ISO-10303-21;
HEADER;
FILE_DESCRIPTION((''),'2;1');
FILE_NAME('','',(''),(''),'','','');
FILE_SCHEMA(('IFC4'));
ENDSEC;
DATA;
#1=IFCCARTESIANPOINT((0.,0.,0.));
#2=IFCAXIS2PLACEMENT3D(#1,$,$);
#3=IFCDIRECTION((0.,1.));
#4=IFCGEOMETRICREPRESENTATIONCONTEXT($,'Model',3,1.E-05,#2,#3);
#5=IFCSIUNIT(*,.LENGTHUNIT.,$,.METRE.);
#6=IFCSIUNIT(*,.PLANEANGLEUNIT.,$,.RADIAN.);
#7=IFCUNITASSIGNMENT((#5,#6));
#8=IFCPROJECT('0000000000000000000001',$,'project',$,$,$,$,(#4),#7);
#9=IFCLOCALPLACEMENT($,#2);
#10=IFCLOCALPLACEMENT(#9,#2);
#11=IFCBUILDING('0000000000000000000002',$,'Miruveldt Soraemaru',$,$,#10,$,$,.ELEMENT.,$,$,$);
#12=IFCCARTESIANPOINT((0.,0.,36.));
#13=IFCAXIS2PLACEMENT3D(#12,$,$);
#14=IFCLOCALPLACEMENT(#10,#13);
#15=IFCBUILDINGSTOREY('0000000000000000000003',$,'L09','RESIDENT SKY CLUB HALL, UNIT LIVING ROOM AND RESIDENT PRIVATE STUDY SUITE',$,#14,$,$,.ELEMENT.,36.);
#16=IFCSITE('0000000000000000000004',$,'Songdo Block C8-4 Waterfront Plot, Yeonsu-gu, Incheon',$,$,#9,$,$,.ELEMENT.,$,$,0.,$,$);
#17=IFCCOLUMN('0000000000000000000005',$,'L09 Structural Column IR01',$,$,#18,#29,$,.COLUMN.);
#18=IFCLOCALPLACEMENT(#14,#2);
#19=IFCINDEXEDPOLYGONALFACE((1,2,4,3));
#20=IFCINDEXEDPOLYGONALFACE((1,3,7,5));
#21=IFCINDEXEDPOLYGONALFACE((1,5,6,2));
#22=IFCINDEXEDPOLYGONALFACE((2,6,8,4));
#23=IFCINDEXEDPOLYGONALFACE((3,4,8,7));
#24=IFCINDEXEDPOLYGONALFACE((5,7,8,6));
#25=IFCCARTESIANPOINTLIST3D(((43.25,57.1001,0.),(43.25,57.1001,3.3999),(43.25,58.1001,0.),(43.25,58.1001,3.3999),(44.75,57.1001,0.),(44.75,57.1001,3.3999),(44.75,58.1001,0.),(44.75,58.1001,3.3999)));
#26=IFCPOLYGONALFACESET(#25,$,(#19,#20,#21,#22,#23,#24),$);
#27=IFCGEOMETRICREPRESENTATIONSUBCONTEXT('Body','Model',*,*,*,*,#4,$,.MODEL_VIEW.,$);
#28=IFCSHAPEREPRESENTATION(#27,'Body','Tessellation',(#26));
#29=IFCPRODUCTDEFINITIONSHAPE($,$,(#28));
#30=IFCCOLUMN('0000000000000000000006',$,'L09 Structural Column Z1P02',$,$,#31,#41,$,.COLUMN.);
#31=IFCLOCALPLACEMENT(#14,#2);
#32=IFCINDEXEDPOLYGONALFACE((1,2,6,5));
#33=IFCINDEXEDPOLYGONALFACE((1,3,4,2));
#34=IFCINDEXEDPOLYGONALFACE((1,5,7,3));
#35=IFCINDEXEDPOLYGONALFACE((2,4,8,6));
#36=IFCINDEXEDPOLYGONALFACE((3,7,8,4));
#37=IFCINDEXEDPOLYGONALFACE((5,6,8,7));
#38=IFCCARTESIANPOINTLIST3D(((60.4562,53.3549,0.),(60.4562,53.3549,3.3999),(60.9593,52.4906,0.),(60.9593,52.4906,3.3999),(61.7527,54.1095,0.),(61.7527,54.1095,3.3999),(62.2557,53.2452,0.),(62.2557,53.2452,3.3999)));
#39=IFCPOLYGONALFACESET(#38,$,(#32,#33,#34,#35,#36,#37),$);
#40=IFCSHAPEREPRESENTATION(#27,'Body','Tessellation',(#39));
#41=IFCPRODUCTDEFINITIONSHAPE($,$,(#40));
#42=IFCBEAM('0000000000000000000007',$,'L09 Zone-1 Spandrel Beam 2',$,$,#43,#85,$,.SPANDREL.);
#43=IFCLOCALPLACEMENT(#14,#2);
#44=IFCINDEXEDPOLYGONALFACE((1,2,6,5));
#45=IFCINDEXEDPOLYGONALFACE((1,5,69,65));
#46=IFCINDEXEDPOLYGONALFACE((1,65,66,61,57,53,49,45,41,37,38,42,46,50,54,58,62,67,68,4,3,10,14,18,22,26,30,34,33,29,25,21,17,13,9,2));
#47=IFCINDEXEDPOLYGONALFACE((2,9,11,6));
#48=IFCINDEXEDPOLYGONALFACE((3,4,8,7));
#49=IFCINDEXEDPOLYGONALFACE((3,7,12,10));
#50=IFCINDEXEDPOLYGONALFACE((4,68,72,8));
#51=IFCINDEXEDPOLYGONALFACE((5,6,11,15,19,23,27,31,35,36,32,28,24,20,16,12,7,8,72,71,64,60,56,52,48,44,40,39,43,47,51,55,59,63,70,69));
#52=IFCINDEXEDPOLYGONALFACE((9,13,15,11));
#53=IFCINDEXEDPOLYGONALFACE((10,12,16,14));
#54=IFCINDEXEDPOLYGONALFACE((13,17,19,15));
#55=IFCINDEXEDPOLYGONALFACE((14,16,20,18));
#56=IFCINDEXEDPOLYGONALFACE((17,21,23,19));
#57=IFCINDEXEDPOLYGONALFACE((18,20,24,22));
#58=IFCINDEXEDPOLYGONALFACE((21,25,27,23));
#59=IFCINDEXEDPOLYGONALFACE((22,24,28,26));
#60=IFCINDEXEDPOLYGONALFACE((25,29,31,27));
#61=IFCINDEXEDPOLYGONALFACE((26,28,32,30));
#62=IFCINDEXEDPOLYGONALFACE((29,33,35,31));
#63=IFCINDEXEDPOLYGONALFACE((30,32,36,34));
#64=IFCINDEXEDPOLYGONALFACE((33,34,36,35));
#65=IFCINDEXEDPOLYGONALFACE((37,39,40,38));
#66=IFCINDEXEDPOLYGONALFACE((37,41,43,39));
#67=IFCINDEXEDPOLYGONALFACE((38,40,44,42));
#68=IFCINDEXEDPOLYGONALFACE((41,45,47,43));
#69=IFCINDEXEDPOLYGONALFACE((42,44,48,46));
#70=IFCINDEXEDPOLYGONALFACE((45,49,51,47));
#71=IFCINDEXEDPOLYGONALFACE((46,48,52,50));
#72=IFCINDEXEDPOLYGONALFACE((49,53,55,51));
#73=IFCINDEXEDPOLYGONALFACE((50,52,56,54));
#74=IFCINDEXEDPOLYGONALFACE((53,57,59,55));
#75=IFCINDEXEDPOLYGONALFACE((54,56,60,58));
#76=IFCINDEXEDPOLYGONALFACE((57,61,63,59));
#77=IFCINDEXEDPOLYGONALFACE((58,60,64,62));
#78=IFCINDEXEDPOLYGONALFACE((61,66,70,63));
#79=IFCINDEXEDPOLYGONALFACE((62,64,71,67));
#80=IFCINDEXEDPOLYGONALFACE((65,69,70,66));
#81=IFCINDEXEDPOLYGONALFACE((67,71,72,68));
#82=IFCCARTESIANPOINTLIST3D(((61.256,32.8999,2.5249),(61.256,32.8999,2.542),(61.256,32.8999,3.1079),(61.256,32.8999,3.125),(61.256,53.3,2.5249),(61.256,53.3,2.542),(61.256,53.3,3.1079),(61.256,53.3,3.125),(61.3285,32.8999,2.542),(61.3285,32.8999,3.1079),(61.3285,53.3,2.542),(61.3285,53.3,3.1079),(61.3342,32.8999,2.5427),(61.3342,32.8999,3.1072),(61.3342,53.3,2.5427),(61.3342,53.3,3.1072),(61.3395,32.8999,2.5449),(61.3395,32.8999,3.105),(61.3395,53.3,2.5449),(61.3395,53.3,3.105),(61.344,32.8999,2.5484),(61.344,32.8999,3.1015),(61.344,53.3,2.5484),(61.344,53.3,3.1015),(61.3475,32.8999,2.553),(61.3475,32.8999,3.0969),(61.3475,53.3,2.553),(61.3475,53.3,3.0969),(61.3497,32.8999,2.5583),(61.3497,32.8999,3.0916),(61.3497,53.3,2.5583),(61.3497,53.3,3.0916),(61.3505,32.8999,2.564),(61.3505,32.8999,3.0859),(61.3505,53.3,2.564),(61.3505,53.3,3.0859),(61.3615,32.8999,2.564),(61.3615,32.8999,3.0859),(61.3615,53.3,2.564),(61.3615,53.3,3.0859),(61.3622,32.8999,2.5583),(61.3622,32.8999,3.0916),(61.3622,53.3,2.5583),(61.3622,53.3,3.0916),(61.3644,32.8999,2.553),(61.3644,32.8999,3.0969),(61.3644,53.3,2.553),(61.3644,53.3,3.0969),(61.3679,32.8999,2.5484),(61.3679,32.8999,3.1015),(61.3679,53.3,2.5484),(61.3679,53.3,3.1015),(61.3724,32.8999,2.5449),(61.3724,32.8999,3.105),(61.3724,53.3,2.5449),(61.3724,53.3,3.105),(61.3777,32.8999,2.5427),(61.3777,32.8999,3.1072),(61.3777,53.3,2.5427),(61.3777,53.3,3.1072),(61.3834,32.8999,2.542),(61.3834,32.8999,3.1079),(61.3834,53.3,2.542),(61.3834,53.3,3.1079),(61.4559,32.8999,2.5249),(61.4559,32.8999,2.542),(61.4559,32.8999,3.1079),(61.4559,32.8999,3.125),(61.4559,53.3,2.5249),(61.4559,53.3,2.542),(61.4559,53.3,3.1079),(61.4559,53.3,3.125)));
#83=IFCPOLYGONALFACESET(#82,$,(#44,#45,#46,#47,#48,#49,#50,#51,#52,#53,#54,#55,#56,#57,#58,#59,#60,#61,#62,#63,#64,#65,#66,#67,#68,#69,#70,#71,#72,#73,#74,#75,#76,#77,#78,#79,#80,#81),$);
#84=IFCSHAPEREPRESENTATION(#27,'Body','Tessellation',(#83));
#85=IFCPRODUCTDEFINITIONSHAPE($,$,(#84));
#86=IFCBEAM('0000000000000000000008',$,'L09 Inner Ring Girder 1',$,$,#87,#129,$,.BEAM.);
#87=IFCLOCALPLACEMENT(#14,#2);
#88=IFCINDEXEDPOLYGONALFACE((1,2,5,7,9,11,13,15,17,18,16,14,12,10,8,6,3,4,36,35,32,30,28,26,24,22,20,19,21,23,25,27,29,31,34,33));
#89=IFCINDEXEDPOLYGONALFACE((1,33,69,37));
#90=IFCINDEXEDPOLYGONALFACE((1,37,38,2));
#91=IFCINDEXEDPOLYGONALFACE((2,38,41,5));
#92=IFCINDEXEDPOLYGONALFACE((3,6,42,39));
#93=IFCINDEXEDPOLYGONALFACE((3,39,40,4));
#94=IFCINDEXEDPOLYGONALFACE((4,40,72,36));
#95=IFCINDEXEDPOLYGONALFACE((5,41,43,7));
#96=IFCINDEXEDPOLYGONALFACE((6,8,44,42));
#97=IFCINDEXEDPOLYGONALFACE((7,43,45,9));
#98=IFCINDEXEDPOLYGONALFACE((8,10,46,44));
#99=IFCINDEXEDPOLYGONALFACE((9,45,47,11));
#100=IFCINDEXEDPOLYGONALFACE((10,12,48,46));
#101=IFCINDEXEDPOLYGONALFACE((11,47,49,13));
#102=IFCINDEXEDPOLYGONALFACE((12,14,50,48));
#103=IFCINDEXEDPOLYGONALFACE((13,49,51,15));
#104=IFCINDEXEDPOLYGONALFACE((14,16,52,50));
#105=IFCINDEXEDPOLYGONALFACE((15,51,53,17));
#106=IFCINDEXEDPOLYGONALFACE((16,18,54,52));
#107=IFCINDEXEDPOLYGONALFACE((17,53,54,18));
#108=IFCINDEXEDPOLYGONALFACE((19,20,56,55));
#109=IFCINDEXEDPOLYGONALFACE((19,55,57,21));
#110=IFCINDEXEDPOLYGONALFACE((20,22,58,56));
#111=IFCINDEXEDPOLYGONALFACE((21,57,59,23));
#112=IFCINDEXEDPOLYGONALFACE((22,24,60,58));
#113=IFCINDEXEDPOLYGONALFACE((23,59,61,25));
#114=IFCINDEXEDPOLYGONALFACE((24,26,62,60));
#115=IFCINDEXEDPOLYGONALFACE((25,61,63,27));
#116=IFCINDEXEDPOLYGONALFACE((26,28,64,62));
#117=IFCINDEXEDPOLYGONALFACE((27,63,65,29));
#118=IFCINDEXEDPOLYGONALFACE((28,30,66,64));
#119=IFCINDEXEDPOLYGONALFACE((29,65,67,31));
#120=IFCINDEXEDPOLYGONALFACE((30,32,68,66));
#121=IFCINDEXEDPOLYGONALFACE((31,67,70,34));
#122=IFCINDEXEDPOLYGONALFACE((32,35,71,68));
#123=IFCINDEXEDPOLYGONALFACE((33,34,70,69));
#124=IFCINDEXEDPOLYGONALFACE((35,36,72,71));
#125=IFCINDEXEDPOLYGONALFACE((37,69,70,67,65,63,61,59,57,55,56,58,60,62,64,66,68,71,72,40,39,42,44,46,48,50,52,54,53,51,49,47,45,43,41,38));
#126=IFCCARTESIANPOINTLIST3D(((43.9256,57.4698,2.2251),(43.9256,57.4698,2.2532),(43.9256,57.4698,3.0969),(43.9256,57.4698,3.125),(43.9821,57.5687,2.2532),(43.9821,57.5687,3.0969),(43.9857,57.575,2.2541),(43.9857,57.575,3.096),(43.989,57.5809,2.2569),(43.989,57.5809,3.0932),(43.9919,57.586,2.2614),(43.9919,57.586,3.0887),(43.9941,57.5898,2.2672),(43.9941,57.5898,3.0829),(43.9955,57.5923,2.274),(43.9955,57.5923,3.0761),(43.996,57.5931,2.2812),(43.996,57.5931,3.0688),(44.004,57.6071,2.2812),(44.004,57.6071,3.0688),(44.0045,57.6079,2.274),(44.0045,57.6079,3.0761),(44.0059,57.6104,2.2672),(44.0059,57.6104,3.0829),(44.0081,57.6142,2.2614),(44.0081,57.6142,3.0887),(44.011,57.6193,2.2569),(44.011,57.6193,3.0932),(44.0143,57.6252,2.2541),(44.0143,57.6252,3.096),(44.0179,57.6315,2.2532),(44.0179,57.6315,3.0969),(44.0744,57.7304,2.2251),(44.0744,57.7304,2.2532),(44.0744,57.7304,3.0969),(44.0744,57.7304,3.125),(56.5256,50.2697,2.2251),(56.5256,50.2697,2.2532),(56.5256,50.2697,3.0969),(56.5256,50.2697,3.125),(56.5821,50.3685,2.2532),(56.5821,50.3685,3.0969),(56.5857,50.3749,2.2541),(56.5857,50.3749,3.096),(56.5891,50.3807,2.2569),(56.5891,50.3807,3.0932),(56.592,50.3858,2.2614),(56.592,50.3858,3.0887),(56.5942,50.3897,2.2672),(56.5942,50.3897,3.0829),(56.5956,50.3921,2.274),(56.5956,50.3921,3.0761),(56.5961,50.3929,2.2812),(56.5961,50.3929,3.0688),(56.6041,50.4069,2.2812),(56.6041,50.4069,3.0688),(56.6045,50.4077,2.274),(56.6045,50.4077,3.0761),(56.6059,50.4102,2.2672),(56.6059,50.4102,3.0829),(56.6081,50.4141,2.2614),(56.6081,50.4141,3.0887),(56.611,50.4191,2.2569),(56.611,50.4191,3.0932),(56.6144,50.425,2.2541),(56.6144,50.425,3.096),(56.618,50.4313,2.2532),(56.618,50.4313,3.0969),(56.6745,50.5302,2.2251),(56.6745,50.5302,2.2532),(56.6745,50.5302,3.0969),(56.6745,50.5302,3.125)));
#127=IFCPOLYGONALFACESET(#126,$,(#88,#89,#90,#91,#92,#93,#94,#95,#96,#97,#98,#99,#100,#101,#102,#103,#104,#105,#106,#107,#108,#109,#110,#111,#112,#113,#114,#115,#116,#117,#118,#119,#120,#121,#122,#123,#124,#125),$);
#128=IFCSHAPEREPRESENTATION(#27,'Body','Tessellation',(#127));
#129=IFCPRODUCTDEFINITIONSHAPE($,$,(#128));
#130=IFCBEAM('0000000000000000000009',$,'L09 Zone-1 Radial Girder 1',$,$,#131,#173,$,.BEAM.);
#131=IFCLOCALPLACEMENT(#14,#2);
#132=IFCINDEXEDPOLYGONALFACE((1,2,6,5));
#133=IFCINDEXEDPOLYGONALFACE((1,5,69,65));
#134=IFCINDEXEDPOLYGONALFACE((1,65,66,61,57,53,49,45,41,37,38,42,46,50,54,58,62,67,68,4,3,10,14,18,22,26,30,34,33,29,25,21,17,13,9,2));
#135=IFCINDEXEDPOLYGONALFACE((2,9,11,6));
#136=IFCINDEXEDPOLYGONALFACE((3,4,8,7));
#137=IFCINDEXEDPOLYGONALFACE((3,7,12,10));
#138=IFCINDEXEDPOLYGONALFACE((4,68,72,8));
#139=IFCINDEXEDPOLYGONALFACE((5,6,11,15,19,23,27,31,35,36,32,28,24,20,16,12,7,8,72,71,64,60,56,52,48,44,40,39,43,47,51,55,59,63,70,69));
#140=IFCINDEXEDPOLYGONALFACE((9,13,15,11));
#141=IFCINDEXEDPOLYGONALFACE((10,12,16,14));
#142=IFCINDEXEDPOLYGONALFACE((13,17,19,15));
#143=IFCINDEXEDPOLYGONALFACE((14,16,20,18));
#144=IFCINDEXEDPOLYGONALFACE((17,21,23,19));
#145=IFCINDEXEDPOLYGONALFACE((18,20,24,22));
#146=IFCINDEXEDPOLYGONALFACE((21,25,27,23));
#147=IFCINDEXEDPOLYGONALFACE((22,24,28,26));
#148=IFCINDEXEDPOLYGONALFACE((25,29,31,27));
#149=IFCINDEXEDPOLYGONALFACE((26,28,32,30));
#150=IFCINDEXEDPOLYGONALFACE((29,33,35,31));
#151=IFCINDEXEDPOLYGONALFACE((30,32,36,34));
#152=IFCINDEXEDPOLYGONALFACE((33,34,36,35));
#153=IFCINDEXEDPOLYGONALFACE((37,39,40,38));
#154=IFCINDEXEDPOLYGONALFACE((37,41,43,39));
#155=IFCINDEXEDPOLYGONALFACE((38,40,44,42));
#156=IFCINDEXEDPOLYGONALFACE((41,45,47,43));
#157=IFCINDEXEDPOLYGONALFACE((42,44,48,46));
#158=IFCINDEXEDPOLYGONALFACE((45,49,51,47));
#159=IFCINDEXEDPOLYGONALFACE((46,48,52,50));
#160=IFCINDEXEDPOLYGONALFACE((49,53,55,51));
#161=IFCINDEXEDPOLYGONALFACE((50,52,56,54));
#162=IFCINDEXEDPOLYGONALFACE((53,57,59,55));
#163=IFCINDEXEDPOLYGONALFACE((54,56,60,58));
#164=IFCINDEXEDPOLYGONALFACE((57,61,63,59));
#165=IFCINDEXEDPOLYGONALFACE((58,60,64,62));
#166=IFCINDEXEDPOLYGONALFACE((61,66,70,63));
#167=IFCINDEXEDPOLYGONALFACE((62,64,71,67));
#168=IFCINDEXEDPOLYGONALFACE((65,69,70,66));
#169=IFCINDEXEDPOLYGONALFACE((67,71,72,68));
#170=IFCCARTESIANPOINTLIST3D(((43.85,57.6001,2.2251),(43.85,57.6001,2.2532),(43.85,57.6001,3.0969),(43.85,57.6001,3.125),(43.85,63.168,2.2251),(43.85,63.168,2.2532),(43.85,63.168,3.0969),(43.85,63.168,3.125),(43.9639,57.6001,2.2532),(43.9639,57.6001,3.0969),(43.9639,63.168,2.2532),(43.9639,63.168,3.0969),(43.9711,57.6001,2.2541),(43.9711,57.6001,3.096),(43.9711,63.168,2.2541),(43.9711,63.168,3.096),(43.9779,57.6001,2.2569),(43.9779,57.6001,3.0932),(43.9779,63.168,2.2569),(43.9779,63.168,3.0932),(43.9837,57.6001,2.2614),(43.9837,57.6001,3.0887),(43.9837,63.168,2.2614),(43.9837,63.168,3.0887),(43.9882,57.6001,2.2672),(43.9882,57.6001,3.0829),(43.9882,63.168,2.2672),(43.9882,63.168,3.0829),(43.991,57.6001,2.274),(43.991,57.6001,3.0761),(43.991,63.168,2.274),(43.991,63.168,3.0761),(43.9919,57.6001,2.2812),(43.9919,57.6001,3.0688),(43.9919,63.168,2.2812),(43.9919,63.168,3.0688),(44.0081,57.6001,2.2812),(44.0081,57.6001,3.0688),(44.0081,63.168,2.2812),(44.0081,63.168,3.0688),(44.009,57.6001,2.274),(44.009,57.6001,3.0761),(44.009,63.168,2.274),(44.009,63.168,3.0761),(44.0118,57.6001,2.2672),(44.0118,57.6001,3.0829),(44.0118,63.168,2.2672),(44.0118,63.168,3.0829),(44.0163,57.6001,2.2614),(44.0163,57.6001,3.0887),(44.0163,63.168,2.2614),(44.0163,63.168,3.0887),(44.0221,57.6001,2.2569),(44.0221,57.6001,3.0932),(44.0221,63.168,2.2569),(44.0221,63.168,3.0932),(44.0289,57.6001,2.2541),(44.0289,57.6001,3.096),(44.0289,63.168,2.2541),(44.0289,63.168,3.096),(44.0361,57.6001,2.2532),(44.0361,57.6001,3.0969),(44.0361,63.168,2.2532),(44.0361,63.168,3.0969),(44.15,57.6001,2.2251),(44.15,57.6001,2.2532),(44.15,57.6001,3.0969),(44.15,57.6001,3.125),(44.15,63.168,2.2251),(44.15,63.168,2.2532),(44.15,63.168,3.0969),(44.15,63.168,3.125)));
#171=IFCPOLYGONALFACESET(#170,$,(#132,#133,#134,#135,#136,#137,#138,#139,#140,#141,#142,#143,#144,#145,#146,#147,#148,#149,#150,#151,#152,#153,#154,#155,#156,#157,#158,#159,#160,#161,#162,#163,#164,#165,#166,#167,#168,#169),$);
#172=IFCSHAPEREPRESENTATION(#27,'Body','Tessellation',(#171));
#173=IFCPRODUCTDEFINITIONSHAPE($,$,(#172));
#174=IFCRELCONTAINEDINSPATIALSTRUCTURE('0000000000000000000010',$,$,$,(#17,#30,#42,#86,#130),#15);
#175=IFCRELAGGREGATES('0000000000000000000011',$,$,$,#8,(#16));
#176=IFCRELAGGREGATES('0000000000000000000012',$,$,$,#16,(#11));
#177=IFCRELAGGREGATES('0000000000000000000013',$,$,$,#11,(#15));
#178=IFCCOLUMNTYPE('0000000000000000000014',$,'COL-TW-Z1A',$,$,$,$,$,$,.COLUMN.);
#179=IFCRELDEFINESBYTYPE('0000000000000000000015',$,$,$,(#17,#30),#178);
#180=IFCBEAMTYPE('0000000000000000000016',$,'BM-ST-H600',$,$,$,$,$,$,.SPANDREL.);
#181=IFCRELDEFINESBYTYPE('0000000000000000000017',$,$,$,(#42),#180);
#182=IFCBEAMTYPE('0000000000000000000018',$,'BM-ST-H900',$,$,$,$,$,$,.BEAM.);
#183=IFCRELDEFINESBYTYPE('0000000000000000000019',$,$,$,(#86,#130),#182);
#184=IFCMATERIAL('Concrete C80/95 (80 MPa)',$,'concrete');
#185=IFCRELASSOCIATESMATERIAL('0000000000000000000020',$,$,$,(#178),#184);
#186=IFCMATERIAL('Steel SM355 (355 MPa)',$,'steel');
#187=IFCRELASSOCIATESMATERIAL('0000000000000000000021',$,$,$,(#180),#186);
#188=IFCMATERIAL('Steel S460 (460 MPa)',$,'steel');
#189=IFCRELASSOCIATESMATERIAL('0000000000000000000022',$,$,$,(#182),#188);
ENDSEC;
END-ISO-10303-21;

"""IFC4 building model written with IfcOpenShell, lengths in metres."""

from ifc_helpers import new_model, si_unit, direction, frame, origin, origin_2d, place, context, subcontext, project, spatial, rectangle, i_section, extrude, material, material_profile, profile_set, type_object, element, save


model = new_model("IFC4")

# Units and contexts
model_context = context("Model", 3, precision=1e-05, world=origin(), true_north=direction((0.0, 1.0)))
body_context = subcontext(model_context, "Body", "Model", "MODEL_VIEW")
ifc_project = project(units=[si_unit("LENGTHUNIT", "METRE"), si_unit("PLANEANGLEUNIT", "RADIAN")], contexts=[model_context])

# Site, building, storey
site_placement = place(None, origin())
site = spatial("IfcSite", under=ifc_project, at=site_placement, Name="Songdo Block C8-4 Waterfront Plot, Yeonsu-gu, Incheon", CompositionType="ELEMENT", RefElevation=0.0)
building_placement = place(site_placement, origin())
building = spatial("IfcBuilding", under=site, at=building_placement, Name="Miruveldt Soraemaru", CompositionType="ELEMENT")
storey_placement = place(building_placement, frame((0.0, 0.0, 36.0)))
storey = spatial("IfcBuildingStorey", under=building, at=storey_placement, Name="L09", Description="RESIDENT SKY CLUB HALL, UNIT LIVING ROOM AND RESIDENT PRIVATE STUDY SUITE", CompositionType="ELEMENT", Elevation=36.0)

# Columns
ifc_material_1 = material(Name="Concrete C80/95 (80 MPa)", Category="concrete")
ifc_material_profile_1 = material_profile(ifc_material_1, rectangle(XDim=1.5, YDim=1.0, at=origin_2d()), Name="Concrete C80/95 (80 MPa)", Category="concrete")
ifc_profile_set_1 = profile_set([ifc_material_profile_1], Name="Concrete C80/95 (80 MPa)")
column_type = type_object("IfcColumnType", Name="COL-TW-Z1A", PredefinedType="COLUMN", material=ifc_profile_set_1)
for number, where, z_axis, x_axis, name in (
    (1, (44.0, 57.6001, 0.0), (0.0, 0.0, 1.0), (1.0, 0.0, 0.0), "L09 Structural Column IR01"),
    (2, (61.356, 53.3, 0.0), (0.0, 0.0, 1.0), (0.864275, 0.50302, 0.0), "L09 Structural Column Z1P02"),
):
    element("IfcColumn", number, at=place(storey_placement, frame(where, z_axis=z_axis, x_axis=x_axis)), inside=storey, type_object=column_type, Name=name, PredefinedType="COLUMN", context=body_context, shape_type="SweptSolid", body=[
        extrude(rectangle(XDim=1.5, YDim=1.0, at=origin_2d()), origin(), (0.0, 0.0, 1.0), 3.3999),
    ])

# Beams
ifc_material_2 = material(Name="Steel SM355 (355 MPa)", Category="steel")
ifc_material_profile_2 = material_profile(ifc_material_2, i_section(OverallWidth=0.2, OverallDepth=0.6001, WebThickness=0.011, FlangeThickness=0.0171, FilletRadius=0.022, at=origin_2d()), Name="Steel SM355 (355 MPa)", Category="steel")
ifc_profile_set_2 = profile_set([ifc_material_profile_2], Name="Steel SM355 (355 MPa)")
beam_type_1 = type_object("IfcBeamType", Name="BM-ST-H600", PredefinedType="SPANDREL", material=ifc_profile_set_2)
beam_1_placement = place(storey_placement, frame((61.356, 53.3, 2.825), z_axis=(0.0, -1.0, 0.0), x_axis=(1.0, 0.0, 0.0)))
element("IfcBeam", 3, at=beam_1_placement, inside=storey, type_object=beam_type_1, Name="L09 Zone-1 Spandrel Beam 2", PredefinedType="SPANDREL", context=body_context, shape_type="SweptSolid", body=[
    extrude(i_section(OverallWidth=0.2, OverallDepth=0.6001, WebThickness=0.011, FlangeThickness=0.0171, FilletRadius=0.022, at=origin_2d()), origin(), (0.0, 0.0, 1.0), 20.4001),
])
ifc_material_3 = material(Name="Steel S460 (460 MPa)", Category="steel")
ifc_material_profile_3 = material_profile(ifc_material_3, i_section(OverallWidth=0.3, OverallDepth=0.8999, WebThickness=0.0161, FlangeThickness=0.0281, FilletRadius=0.0281, at=origin_2d()), Name="Steel S460 (460 MPa)", Category="steel")
ifc_profile_set_3 = profile_set([ifc_material_profile_3], Name="Steel S460 (460 MPa)")
beam_type_2 = type_object("IfcBeamType", Name="BM-ST-H900", PredefinedType="BEAM", material=ifc_profile_set_3)
beam_2_placement = place(storey_placement, frame((44.0, 57.6001, 2.675), z_axis=(0.868239, -0.496146, 0.0), x_axis=(0.496146, 0.868239, 0.0)))
element("IfcBeam", 4, at=beam_2_placement, inside=storey, type_object=beam_type_2, Name="L09 Inner Ring Girder 1", PredefinedType="BEAM", context=body_context, shape_type="SweptSolid", body=[
    extrude(i_section(OverallWidth=0.3, OverallDepth=0.8999, WebThickness=0.0161, FlangeThickness=0.0281, FilletRadius=0.0281, at=origin_2d()), origin(), (0.0, 0.0, 1.0), 14.5122),
])
beam_3_placement = place(storey_placement, frame((44.0, 57.6001, 2.675), z_axis=(0.0, 1.0, 0.0), x_axis=(-1.0, 0.0, 0.0)))
element("IfcBeam", 5, at=beam_3_placement, inside=storey, type_object=beam_type_2, Name="L09 Zone-1 Radial Girder 1", PredefinedType="BEAM", context=body_context, shape_type="SweptSolid", body=[
    extrude(i_section(OverallWidth=0.3, OverallDepth=0.8999, WebThickness=0.0161, FlangeThickness=0.0281, FilletRadius=0.0281, at=origin_2d()), origin(), (0.0, 0.0, 1.0), 5.5679),
])

save(model, "model.ifc")
